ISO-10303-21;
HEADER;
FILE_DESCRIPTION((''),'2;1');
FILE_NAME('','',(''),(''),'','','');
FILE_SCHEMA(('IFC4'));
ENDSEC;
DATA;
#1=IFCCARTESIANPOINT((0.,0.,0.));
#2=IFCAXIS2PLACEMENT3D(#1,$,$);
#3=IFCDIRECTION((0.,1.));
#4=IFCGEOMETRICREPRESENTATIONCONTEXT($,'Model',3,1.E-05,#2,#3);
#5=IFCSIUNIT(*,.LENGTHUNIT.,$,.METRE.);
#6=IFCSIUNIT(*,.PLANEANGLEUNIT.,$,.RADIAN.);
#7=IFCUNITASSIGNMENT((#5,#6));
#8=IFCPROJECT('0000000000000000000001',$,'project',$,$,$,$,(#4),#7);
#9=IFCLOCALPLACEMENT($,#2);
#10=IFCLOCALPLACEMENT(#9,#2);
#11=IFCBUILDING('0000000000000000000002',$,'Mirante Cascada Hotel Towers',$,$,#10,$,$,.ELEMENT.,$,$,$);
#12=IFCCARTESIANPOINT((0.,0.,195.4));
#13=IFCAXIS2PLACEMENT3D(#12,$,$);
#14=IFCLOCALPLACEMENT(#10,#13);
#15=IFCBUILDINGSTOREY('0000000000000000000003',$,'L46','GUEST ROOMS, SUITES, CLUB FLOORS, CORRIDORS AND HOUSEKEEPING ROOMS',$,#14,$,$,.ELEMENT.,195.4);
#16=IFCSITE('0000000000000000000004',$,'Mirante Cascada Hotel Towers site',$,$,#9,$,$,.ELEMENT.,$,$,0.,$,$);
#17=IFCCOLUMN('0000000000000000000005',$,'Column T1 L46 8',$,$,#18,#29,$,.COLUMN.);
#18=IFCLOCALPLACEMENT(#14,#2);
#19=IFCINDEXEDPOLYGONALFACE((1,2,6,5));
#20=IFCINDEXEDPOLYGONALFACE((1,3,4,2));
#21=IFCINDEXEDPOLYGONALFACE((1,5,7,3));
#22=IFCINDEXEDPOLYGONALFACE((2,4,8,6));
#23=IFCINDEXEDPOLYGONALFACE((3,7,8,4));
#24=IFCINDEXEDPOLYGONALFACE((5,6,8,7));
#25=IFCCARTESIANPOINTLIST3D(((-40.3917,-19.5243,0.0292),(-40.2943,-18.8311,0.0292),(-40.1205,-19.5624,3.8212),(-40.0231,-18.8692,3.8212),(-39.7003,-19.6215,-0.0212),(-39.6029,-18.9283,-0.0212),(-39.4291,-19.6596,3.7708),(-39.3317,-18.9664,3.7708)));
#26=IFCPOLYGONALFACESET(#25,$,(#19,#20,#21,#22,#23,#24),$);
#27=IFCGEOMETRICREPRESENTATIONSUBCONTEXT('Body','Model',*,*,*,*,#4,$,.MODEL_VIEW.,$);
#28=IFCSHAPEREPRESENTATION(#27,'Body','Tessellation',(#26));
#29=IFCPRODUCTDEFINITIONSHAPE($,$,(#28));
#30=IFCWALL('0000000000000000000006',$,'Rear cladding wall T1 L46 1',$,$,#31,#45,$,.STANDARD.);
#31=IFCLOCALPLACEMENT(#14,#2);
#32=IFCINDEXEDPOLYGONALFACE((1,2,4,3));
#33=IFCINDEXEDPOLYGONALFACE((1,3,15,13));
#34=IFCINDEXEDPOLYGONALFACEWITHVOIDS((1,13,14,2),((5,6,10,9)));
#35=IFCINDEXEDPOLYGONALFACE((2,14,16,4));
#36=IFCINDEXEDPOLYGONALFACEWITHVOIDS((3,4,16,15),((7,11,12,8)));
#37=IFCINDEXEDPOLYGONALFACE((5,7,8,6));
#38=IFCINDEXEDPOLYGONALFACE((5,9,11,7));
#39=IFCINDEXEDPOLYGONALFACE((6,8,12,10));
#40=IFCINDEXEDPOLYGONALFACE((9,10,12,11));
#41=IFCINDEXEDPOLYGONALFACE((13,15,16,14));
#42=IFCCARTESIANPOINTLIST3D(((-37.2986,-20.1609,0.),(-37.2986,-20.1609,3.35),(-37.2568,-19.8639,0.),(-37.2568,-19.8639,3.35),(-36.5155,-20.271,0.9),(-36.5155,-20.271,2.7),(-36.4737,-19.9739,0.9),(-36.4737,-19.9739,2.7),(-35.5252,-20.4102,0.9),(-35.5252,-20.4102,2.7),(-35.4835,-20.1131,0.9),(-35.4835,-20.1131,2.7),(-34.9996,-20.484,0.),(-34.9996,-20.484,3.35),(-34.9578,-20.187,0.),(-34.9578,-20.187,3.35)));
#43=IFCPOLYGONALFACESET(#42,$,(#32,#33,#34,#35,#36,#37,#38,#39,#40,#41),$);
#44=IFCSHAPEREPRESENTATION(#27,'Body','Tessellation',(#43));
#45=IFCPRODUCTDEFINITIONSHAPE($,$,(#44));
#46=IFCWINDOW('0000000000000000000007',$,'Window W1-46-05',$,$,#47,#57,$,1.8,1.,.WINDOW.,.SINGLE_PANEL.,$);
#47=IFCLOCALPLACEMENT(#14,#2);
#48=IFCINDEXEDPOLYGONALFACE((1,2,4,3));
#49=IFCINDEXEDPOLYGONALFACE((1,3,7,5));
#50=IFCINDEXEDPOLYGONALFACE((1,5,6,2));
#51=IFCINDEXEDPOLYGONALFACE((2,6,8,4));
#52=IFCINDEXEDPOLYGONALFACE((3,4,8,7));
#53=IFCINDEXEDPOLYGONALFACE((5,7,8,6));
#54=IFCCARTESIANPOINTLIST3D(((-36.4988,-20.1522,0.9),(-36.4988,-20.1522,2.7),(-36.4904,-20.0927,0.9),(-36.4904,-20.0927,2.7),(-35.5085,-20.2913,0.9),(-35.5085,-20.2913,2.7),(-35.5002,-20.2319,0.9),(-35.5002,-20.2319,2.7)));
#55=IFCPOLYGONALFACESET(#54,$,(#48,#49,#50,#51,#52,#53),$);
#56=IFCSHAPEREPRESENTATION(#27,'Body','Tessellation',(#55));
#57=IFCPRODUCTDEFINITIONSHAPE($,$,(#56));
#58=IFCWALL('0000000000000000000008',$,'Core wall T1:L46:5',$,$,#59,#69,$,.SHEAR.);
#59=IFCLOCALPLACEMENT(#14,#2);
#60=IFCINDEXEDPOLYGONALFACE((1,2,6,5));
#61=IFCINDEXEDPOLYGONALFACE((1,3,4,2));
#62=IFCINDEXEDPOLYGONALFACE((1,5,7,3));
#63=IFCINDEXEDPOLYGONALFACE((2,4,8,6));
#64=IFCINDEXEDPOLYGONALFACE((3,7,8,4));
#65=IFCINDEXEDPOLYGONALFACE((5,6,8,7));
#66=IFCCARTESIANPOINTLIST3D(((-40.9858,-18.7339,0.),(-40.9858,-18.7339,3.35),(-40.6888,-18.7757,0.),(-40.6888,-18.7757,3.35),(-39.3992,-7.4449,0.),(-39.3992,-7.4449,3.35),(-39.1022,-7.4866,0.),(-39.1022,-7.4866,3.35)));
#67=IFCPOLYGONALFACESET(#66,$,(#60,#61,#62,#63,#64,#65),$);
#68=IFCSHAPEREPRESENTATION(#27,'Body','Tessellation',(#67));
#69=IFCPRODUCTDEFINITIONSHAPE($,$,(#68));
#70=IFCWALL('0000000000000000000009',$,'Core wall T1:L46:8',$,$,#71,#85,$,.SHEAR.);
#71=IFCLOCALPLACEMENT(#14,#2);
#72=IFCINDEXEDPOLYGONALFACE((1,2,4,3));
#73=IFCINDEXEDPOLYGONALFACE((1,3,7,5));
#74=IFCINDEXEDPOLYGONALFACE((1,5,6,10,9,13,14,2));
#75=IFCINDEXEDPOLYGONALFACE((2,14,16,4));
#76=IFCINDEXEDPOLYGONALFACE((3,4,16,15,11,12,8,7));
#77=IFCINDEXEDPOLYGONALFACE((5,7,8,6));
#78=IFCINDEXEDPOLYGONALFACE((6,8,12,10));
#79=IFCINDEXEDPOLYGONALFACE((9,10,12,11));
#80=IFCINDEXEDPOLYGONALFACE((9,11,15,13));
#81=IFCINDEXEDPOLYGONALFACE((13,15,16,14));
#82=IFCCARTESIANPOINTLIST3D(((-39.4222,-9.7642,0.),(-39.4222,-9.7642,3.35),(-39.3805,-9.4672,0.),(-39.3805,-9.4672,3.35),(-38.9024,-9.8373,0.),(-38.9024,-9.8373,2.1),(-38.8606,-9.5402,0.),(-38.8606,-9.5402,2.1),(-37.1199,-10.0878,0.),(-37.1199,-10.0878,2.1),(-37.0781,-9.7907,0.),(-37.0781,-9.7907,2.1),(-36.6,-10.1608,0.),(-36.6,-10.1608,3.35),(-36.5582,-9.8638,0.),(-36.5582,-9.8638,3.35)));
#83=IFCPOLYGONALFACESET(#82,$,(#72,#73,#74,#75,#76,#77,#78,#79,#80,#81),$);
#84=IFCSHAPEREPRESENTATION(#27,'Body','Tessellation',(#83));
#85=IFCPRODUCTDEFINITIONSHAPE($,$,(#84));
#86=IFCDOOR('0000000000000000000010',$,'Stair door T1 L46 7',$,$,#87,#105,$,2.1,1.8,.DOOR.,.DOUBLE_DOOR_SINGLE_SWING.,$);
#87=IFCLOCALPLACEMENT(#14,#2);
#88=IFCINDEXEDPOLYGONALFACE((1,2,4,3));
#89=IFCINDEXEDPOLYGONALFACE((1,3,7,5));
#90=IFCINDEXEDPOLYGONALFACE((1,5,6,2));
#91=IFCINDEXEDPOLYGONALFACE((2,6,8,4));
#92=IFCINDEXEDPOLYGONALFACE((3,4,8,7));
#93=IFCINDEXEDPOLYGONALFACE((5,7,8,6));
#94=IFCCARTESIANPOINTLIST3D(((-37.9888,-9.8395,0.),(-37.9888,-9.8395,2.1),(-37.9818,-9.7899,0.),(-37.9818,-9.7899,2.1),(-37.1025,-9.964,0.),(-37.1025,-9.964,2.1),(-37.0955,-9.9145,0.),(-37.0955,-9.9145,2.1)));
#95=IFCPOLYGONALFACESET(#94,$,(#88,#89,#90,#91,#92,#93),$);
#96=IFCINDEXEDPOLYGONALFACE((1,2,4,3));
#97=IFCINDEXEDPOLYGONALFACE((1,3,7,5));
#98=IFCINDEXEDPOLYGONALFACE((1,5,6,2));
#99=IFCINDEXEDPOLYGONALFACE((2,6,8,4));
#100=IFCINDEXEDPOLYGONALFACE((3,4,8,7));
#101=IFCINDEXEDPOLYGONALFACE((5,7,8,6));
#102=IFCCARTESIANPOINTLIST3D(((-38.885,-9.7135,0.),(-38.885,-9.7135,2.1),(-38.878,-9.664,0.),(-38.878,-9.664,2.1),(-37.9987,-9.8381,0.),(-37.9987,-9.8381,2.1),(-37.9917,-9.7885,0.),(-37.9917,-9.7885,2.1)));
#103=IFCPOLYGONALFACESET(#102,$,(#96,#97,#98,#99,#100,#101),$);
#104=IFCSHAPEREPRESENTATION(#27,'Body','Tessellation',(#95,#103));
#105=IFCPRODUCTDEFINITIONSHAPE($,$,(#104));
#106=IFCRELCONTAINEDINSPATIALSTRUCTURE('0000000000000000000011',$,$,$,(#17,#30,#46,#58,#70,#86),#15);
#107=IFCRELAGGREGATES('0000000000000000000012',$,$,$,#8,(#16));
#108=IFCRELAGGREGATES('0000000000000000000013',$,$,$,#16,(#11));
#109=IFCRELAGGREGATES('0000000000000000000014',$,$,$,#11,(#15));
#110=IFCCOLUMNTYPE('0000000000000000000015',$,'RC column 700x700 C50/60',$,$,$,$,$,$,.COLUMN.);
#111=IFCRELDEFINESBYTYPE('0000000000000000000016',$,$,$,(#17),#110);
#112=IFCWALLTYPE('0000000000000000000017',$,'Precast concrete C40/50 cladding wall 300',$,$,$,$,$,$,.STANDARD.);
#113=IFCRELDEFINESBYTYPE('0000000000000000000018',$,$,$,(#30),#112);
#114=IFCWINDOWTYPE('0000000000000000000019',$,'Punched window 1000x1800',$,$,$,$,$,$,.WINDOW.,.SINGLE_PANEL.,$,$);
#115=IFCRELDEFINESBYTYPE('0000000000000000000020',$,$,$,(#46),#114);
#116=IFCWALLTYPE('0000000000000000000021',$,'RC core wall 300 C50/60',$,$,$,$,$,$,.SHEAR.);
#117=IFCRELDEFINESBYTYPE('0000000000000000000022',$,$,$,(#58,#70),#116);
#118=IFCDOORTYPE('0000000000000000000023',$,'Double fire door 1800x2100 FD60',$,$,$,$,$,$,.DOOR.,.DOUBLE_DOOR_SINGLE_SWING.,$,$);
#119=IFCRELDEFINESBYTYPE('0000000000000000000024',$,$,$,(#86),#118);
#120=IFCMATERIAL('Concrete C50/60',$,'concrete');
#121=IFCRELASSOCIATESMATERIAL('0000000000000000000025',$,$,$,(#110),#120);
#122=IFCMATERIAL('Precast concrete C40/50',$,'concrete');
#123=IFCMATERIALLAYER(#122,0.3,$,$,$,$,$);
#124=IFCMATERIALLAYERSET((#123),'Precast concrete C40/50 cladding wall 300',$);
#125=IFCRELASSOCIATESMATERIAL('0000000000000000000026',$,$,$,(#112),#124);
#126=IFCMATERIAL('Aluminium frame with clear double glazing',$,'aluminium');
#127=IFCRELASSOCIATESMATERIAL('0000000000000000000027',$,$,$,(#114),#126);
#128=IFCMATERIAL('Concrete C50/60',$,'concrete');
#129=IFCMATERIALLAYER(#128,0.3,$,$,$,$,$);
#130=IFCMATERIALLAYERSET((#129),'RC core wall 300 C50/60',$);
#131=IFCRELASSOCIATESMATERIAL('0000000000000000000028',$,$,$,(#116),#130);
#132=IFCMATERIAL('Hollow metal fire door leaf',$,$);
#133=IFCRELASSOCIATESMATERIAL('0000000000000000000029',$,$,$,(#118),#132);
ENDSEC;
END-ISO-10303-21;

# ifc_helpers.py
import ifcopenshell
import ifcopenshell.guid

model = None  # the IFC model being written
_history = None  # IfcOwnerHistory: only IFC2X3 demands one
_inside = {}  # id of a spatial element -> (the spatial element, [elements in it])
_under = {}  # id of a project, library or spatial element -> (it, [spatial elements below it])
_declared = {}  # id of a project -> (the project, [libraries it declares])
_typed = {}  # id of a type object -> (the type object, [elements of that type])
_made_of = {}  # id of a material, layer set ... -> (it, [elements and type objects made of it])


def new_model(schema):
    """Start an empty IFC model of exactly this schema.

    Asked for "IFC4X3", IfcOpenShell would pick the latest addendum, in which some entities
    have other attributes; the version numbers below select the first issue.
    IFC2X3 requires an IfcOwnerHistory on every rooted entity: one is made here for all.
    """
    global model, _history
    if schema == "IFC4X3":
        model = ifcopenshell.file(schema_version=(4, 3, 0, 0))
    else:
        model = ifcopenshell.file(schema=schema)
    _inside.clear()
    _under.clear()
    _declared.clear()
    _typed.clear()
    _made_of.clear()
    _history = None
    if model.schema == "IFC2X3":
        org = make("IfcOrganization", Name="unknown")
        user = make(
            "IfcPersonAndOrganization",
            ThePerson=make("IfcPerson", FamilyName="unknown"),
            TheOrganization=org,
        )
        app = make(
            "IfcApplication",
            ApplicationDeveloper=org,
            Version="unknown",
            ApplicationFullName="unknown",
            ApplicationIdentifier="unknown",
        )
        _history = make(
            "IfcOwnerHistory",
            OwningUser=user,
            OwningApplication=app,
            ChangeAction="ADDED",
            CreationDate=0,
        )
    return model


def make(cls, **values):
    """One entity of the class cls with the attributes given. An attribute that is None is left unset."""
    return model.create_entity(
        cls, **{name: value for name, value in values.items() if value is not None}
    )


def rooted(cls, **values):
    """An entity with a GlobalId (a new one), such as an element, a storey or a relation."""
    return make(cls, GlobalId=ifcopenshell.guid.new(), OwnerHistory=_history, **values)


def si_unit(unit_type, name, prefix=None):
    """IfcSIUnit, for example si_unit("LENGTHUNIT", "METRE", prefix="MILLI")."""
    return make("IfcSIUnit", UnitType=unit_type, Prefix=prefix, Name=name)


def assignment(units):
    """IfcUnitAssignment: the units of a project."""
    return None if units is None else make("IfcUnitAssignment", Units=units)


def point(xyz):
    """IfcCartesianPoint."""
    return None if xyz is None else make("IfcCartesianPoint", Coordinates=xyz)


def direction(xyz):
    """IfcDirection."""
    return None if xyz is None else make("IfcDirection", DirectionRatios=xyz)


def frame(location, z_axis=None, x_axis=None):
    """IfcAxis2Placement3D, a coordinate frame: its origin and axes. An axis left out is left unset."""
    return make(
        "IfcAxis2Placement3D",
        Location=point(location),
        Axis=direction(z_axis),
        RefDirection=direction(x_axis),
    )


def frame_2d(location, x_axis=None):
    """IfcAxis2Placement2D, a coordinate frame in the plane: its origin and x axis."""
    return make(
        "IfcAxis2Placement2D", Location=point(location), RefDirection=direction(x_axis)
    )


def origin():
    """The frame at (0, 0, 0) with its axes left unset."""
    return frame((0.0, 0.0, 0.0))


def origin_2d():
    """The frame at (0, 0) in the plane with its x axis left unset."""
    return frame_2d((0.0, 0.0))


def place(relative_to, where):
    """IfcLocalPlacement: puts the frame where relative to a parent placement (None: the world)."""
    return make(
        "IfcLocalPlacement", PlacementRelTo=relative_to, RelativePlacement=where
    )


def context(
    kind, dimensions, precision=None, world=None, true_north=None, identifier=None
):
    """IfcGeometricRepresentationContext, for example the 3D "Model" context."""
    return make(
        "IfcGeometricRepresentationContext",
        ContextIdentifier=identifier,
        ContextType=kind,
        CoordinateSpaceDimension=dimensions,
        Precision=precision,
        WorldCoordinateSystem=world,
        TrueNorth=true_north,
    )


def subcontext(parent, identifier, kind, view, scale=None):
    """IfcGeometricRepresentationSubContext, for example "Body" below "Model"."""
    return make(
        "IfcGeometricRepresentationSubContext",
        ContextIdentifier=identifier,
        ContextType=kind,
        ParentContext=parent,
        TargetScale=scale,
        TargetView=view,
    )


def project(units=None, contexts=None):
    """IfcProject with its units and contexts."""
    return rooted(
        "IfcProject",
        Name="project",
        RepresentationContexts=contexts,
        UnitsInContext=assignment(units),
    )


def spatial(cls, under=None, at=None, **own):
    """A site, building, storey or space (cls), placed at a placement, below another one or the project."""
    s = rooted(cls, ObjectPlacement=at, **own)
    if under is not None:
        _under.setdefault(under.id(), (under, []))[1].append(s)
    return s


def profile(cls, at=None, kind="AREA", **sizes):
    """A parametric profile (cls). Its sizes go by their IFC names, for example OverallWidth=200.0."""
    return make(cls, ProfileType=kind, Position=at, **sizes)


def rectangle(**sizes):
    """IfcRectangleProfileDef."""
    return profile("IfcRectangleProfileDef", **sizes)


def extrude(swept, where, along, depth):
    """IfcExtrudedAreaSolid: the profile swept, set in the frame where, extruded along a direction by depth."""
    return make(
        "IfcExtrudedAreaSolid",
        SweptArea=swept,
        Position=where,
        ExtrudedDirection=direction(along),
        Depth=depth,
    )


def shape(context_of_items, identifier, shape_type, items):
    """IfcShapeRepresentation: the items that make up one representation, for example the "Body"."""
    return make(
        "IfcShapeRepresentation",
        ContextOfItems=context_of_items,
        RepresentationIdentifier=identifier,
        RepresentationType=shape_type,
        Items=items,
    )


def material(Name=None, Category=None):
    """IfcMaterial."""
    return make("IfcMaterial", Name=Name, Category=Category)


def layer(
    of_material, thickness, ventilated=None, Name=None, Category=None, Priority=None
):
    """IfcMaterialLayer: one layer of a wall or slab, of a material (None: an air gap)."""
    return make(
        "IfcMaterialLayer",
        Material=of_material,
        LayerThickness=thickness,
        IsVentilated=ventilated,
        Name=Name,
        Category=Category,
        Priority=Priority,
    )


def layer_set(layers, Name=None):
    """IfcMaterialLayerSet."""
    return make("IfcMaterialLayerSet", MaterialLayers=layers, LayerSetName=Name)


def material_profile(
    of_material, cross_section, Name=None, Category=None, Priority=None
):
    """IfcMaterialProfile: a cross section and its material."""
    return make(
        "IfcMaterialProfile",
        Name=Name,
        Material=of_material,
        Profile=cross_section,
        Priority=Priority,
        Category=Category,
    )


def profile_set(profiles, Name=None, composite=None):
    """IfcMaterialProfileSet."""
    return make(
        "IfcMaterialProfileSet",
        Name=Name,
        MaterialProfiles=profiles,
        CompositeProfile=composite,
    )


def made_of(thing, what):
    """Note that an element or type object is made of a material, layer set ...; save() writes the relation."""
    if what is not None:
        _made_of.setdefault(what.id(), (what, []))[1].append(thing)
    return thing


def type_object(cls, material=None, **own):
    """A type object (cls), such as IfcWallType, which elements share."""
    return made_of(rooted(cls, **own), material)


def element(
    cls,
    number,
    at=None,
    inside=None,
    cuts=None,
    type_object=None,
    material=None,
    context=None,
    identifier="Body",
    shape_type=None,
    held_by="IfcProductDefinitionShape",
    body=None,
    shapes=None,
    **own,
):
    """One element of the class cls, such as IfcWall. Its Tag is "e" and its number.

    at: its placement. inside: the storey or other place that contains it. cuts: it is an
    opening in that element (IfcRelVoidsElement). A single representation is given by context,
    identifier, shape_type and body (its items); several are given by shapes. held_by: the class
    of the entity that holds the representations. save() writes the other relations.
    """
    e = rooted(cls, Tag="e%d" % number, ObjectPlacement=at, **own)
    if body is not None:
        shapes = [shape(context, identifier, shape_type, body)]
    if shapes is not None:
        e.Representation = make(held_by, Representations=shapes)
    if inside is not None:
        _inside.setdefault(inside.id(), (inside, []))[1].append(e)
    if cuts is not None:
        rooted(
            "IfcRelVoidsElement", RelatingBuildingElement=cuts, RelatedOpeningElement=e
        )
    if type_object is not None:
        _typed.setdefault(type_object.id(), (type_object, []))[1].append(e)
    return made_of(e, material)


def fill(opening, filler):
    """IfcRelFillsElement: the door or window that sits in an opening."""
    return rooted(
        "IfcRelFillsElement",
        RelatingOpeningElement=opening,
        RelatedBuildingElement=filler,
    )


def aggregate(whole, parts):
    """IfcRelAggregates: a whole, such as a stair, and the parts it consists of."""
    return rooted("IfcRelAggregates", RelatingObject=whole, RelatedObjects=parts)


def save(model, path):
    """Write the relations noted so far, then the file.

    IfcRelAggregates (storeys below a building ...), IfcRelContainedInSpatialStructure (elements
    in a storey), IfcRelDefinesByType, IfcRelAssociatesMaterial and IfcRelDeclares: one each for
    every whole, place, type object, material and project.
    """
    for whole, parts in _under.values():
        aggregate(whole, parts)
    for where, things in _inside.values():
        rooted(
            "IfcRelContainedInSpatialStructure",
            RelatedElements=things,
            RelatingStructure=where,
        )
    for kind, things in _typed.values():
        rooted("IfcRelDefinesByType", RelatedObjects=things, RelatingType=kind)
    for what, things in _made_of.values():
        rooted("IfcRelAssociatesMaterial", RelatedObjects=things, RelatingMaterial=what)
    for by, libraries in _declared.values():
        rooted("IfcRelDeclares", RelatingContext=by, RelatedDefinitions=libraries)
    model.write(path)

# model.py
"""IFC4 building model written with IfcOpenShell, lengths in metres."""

from ifc_helpers import new_model, si_unit, direction, frame, frame_2d, origin, origin_2d, place, context, subcontext, project, spatial, rectangle, extrude, material, layer, layer_set, material_profile, profile_set, type_object, element, fill, save


model = new_model("IFC4")

# Units and contexts
model_context = context("Model", 3, precision=1e-05, world=origin(), true_north=direction((0.0, 1.0)))
body_context = subcontext(model_context, "Body", "Model", "MODEL_VIEW")
ifc_project = project(units=[si_unit("LENGTHUNIT", "METRE"), si_unit("PLANEANGLEUNIT", "RADIAN")], contexts=[model_context])

# Site, building, storey
site_placement = place(None, origin())
site = spatial("IfcSite", under=ifc_project, at=site_placement, Name="Mirante Cascada Hotel Towers site", CompositionType="ELEMENT", RefElevation=0.0)
building_placement = place(site_placement, origin())
building = spatial("IfcBuilding", under=site, at=building_placement, Name="Mirante Cascada Hotel Towers", CompositionType="ELEMENT")
storey_placement = place(building_placement, frame((0.0, 0.0, 195.4)))
storey = spatial("IfcBuildingStorey", under=building, at=storey_placement, Name="L46", Description="GUEST ROOMS, SUITES, CLUB FLOORS, CORRIDORS AND HOUSEKEEPING ROOMS", CompositionType="ELEMENT", Elevation=195.4)

# Column
ifc_material_1 = material(Name="Concrete C50/60", Category="concrete")
ifc_material_profile = material_profile(ifc_material_1, rectangle(XDim=0.7, YDim=0.7, at=origin_2d()), Name="RC column 700x700 C50/60")
ifc_profile_set = profile_set([ifc_material_profile], Name="Concrete C50/60")
column_type = type_object("IfcColumnType", Name="RC column 700x700 C50/60", PredefinedType="COLUMN", material=ifc_profile_set)
column_placement = place(storey_placement, frame((-39.9973, -19.2263, 0.004), z_axis=(0.071333, -0.010021, 0.997402), x_axis=(0.139121, 0.990275, 0.0)))
element("IfcColumn", 1, at=column_placement, inside=storey, type_object=column_type, Name="Column T1 L46 8", PredefinedType="COLUMN", context=body_context, shape_type="SweptSolid", body=[
    extrude(rectangle(XDim=0.7, YDim=0.7, at=origin_2d()), origin(), (0.0, 0.0, 1.0), 3.8019),
])

# Wall, opening, window
ifc_material_2 = material(Name="Precast concrete C40/50", Category="concrete")
ifc_layer_1 = layer(ifc_material_2, 0.3)
ifc_layer_set_1 = layer_set([ifc_layer_1], Name="Precast concrete C40/50 cladding wall 300")
wall_type_1 = type_object("IfcWallType", Name="Precast concrete C40/50 cladding wall 300", PredefinedType="STANDARD", material=ifc_layer_set_1)
wall_1_placement = place(storey_placement, frame((-34.9787, -20.3355, 0.0), z_axis=(0.0, 0.0, 1.0), x_axis=(-0.990268, 0.139172, 0.0)))
wall_1 = element("IfcWall", 2, at=wall_1_placement, inside=storey, type_object=wall_type_1, Name="Rear cladding wall T1 L46 1", PredefinedType="STANDARD", context=body_context, shape_type="SweptSolid", body=[
    extrude(rectangle(XDim=2.3216, YDim=0.3, at=frame_2d((1.1608, 0.0))), origin(), (0.0, 0.0, 1.0), 3.35),
])
opening_1_placement = place(wall_1_placement, frame((0.5308, 0.0, 0.9)))
opening_1 = element("IfcOpeningElement", 3, at=opening_1_placement, cuts=wall_1, PredefinedType="OPENING", context=body_context, shape_type="SweptSolid", body=[
    extrude(rectangle(XDim=1.0, YDim=1.8, at=frame_2d((0.5, 0.9))), frame((0.0, 0.15, 0.0), z_axis=(0.0, -1.0, 0.0), x_axis=(1.0, 0.0, 0.0)), (0.0, 0.0, 1.0), 0.3),
])
ifc_material_3 = material(Name="Aluminium frame with clear double glazing", Category="aluminium")
window_type = type_object("IfcWindowType", Name="Punched window 1000x1800", PartitioningType="SINGLE_PANEL", PredefinedType="WINDOW", material=ifc_material_3)
window_placement = place(opening_1_placement, origin())
window = element("IfcWindow", 4, at=window_placement, inside=storey, type_object=window_type, Name="Window W1-46-05", OverallHeight=1.8, OverallWidth=1.0, PartitioningType="SINGLE_PANEL", PredefinedType="WINDOW", context=body_context, shape_type="SweptSolid", body=[
    extrude(rectangle(XDim=1.0, YDim=1.8, at=frame_2d((0.5, 0.9))), frame((0.0, 0.03, 0.0), z_axis=(0.0, -1.0, 0.0), x_axis=(1.0, 0.0, 0.0)), (0.0, 0.0, 1.0), 0.06),
])
fill(opening_1, window)

# Wall
ifc_material_4 = material(Name="Concrete C50/60", Category="concrete")
ifc_layer_2 = layer(ifc_material_4, 0.3)
ifc_layer_set_2 = layer_set([ifc_layer_2], Name="RC core wall 300 C50/60")
wall_type_2 = type_object("IfcWallType", Name="RC core wall 300 C50/60", PredefinedType="SHEAR", material=ifc_layer_set_2)
wall_2_placement = place(storey_placement, frame((-40.8373, -18.7548, 0.0), z_axis=(0.0, 0.0, 1.0), x_axis=(0.139175, 0.990268, 0.0)))
element("IfcWall", 5, at=wall_2_placement, inside=storey, type_object=wall_type_2, Name="Core wall T1:L46:5", PredefinedType="SHEAR", context=body_context, shape_type="SweptSolid", body=[
    extrude(rectangle(XDim=11.4, YDim=0.3, at=frame_2d((5.7, 0.0))), origin(), (0.0, 0.0, 1.0), 3.35),
])

# Wall, opening, door
wall_3_placement = place(storey_placement, frame((-36.5791, -10.0123, 0.0), z_axis=(0.0, 0.0, 1.0), x_axis=(-0.99027, 0.139156, 0.0)))
wall_3 = element("IfcWall", 6, at=wall_3_placement, inside=storey, type_object=wall_type_2, Name="Core wall T1:L46:8", PredefinedType="SHEAR", context=body_context, shape_type="SweptSolid", body=[
    extrude(rectangle(XDim=2.85, YDim=0.3, at=frame_2d((1.425, 0.0))), origin(), (0.0, 0.0, 1.0), 3.35),
])
opening_2_placement = place(wall_3_placement, frame((0.525, 0.0, 0.0)))
opening_2 = element("IfcOpeningElement", 7, at=opening_2_placement, cuts=wall_3, PredefinedType="OPENING", context=body_context, shape_type="SweptSolid", body=[
    extrude(rectangle(XDim=1.8, YDim=2.1, at=frame_2d((0.9, 1.05))), frame((0.0, 0.15, 0.0), z_axis=(0.0, -1.0, 0.0), x_axis=(1.0, 0.0, 0.0)), (0.0, 0.0, 1.0), 0.3),
])
ifc_material_5 = material(Name="Hollow metal fire door leaf")
door_type_1 = type_object("IfcDoorType", Name="Double fire door 1800x2100 FD60", OperationType="DOUBLE_DOOR_SINGLE_SWING", PredefinedType="DOOR", material=ifc_material_5)
door_1_placement = place(opening_2_placement, origin())
door_1 = element("IfcDoor", 8, at=door_1_placement, inside=storey, type_object=door_type_1, Name="Stair door T1 L46 7", OperationType="DOUBLE_DOOR_SINGLE_SWING", OverallHeight=2.1, OverallWidth=1.8, PredefinedType="DOOR", context=body_context, shape_type="SweptSolid", body=[
    extrude(rectangle(XDim=0.895, YDim=2.1, at=frame_2d((0.4475, 1.05))), frame((0.0, 0.025, 0.0), z_axis=(0.0, -1.0, 0.0), x_axis=(1.0, 0.0, 0.0)), (0.0, 0.0, 1.0), 0.05),
    extrude(rectangle(XDim=0.895, YDim=2.1, at=frame_2d((1.3525, 1.05))), frame((0.0, 0.025, 0.0), z_axis=(0.0, -1.0, 0.0), x_axis=(1.0, 0.0, 0.0)), (0.0, 0.0, 1.0), 0.05),
])
fill(opening_2, door_1)

save(model, "model.ifc")
